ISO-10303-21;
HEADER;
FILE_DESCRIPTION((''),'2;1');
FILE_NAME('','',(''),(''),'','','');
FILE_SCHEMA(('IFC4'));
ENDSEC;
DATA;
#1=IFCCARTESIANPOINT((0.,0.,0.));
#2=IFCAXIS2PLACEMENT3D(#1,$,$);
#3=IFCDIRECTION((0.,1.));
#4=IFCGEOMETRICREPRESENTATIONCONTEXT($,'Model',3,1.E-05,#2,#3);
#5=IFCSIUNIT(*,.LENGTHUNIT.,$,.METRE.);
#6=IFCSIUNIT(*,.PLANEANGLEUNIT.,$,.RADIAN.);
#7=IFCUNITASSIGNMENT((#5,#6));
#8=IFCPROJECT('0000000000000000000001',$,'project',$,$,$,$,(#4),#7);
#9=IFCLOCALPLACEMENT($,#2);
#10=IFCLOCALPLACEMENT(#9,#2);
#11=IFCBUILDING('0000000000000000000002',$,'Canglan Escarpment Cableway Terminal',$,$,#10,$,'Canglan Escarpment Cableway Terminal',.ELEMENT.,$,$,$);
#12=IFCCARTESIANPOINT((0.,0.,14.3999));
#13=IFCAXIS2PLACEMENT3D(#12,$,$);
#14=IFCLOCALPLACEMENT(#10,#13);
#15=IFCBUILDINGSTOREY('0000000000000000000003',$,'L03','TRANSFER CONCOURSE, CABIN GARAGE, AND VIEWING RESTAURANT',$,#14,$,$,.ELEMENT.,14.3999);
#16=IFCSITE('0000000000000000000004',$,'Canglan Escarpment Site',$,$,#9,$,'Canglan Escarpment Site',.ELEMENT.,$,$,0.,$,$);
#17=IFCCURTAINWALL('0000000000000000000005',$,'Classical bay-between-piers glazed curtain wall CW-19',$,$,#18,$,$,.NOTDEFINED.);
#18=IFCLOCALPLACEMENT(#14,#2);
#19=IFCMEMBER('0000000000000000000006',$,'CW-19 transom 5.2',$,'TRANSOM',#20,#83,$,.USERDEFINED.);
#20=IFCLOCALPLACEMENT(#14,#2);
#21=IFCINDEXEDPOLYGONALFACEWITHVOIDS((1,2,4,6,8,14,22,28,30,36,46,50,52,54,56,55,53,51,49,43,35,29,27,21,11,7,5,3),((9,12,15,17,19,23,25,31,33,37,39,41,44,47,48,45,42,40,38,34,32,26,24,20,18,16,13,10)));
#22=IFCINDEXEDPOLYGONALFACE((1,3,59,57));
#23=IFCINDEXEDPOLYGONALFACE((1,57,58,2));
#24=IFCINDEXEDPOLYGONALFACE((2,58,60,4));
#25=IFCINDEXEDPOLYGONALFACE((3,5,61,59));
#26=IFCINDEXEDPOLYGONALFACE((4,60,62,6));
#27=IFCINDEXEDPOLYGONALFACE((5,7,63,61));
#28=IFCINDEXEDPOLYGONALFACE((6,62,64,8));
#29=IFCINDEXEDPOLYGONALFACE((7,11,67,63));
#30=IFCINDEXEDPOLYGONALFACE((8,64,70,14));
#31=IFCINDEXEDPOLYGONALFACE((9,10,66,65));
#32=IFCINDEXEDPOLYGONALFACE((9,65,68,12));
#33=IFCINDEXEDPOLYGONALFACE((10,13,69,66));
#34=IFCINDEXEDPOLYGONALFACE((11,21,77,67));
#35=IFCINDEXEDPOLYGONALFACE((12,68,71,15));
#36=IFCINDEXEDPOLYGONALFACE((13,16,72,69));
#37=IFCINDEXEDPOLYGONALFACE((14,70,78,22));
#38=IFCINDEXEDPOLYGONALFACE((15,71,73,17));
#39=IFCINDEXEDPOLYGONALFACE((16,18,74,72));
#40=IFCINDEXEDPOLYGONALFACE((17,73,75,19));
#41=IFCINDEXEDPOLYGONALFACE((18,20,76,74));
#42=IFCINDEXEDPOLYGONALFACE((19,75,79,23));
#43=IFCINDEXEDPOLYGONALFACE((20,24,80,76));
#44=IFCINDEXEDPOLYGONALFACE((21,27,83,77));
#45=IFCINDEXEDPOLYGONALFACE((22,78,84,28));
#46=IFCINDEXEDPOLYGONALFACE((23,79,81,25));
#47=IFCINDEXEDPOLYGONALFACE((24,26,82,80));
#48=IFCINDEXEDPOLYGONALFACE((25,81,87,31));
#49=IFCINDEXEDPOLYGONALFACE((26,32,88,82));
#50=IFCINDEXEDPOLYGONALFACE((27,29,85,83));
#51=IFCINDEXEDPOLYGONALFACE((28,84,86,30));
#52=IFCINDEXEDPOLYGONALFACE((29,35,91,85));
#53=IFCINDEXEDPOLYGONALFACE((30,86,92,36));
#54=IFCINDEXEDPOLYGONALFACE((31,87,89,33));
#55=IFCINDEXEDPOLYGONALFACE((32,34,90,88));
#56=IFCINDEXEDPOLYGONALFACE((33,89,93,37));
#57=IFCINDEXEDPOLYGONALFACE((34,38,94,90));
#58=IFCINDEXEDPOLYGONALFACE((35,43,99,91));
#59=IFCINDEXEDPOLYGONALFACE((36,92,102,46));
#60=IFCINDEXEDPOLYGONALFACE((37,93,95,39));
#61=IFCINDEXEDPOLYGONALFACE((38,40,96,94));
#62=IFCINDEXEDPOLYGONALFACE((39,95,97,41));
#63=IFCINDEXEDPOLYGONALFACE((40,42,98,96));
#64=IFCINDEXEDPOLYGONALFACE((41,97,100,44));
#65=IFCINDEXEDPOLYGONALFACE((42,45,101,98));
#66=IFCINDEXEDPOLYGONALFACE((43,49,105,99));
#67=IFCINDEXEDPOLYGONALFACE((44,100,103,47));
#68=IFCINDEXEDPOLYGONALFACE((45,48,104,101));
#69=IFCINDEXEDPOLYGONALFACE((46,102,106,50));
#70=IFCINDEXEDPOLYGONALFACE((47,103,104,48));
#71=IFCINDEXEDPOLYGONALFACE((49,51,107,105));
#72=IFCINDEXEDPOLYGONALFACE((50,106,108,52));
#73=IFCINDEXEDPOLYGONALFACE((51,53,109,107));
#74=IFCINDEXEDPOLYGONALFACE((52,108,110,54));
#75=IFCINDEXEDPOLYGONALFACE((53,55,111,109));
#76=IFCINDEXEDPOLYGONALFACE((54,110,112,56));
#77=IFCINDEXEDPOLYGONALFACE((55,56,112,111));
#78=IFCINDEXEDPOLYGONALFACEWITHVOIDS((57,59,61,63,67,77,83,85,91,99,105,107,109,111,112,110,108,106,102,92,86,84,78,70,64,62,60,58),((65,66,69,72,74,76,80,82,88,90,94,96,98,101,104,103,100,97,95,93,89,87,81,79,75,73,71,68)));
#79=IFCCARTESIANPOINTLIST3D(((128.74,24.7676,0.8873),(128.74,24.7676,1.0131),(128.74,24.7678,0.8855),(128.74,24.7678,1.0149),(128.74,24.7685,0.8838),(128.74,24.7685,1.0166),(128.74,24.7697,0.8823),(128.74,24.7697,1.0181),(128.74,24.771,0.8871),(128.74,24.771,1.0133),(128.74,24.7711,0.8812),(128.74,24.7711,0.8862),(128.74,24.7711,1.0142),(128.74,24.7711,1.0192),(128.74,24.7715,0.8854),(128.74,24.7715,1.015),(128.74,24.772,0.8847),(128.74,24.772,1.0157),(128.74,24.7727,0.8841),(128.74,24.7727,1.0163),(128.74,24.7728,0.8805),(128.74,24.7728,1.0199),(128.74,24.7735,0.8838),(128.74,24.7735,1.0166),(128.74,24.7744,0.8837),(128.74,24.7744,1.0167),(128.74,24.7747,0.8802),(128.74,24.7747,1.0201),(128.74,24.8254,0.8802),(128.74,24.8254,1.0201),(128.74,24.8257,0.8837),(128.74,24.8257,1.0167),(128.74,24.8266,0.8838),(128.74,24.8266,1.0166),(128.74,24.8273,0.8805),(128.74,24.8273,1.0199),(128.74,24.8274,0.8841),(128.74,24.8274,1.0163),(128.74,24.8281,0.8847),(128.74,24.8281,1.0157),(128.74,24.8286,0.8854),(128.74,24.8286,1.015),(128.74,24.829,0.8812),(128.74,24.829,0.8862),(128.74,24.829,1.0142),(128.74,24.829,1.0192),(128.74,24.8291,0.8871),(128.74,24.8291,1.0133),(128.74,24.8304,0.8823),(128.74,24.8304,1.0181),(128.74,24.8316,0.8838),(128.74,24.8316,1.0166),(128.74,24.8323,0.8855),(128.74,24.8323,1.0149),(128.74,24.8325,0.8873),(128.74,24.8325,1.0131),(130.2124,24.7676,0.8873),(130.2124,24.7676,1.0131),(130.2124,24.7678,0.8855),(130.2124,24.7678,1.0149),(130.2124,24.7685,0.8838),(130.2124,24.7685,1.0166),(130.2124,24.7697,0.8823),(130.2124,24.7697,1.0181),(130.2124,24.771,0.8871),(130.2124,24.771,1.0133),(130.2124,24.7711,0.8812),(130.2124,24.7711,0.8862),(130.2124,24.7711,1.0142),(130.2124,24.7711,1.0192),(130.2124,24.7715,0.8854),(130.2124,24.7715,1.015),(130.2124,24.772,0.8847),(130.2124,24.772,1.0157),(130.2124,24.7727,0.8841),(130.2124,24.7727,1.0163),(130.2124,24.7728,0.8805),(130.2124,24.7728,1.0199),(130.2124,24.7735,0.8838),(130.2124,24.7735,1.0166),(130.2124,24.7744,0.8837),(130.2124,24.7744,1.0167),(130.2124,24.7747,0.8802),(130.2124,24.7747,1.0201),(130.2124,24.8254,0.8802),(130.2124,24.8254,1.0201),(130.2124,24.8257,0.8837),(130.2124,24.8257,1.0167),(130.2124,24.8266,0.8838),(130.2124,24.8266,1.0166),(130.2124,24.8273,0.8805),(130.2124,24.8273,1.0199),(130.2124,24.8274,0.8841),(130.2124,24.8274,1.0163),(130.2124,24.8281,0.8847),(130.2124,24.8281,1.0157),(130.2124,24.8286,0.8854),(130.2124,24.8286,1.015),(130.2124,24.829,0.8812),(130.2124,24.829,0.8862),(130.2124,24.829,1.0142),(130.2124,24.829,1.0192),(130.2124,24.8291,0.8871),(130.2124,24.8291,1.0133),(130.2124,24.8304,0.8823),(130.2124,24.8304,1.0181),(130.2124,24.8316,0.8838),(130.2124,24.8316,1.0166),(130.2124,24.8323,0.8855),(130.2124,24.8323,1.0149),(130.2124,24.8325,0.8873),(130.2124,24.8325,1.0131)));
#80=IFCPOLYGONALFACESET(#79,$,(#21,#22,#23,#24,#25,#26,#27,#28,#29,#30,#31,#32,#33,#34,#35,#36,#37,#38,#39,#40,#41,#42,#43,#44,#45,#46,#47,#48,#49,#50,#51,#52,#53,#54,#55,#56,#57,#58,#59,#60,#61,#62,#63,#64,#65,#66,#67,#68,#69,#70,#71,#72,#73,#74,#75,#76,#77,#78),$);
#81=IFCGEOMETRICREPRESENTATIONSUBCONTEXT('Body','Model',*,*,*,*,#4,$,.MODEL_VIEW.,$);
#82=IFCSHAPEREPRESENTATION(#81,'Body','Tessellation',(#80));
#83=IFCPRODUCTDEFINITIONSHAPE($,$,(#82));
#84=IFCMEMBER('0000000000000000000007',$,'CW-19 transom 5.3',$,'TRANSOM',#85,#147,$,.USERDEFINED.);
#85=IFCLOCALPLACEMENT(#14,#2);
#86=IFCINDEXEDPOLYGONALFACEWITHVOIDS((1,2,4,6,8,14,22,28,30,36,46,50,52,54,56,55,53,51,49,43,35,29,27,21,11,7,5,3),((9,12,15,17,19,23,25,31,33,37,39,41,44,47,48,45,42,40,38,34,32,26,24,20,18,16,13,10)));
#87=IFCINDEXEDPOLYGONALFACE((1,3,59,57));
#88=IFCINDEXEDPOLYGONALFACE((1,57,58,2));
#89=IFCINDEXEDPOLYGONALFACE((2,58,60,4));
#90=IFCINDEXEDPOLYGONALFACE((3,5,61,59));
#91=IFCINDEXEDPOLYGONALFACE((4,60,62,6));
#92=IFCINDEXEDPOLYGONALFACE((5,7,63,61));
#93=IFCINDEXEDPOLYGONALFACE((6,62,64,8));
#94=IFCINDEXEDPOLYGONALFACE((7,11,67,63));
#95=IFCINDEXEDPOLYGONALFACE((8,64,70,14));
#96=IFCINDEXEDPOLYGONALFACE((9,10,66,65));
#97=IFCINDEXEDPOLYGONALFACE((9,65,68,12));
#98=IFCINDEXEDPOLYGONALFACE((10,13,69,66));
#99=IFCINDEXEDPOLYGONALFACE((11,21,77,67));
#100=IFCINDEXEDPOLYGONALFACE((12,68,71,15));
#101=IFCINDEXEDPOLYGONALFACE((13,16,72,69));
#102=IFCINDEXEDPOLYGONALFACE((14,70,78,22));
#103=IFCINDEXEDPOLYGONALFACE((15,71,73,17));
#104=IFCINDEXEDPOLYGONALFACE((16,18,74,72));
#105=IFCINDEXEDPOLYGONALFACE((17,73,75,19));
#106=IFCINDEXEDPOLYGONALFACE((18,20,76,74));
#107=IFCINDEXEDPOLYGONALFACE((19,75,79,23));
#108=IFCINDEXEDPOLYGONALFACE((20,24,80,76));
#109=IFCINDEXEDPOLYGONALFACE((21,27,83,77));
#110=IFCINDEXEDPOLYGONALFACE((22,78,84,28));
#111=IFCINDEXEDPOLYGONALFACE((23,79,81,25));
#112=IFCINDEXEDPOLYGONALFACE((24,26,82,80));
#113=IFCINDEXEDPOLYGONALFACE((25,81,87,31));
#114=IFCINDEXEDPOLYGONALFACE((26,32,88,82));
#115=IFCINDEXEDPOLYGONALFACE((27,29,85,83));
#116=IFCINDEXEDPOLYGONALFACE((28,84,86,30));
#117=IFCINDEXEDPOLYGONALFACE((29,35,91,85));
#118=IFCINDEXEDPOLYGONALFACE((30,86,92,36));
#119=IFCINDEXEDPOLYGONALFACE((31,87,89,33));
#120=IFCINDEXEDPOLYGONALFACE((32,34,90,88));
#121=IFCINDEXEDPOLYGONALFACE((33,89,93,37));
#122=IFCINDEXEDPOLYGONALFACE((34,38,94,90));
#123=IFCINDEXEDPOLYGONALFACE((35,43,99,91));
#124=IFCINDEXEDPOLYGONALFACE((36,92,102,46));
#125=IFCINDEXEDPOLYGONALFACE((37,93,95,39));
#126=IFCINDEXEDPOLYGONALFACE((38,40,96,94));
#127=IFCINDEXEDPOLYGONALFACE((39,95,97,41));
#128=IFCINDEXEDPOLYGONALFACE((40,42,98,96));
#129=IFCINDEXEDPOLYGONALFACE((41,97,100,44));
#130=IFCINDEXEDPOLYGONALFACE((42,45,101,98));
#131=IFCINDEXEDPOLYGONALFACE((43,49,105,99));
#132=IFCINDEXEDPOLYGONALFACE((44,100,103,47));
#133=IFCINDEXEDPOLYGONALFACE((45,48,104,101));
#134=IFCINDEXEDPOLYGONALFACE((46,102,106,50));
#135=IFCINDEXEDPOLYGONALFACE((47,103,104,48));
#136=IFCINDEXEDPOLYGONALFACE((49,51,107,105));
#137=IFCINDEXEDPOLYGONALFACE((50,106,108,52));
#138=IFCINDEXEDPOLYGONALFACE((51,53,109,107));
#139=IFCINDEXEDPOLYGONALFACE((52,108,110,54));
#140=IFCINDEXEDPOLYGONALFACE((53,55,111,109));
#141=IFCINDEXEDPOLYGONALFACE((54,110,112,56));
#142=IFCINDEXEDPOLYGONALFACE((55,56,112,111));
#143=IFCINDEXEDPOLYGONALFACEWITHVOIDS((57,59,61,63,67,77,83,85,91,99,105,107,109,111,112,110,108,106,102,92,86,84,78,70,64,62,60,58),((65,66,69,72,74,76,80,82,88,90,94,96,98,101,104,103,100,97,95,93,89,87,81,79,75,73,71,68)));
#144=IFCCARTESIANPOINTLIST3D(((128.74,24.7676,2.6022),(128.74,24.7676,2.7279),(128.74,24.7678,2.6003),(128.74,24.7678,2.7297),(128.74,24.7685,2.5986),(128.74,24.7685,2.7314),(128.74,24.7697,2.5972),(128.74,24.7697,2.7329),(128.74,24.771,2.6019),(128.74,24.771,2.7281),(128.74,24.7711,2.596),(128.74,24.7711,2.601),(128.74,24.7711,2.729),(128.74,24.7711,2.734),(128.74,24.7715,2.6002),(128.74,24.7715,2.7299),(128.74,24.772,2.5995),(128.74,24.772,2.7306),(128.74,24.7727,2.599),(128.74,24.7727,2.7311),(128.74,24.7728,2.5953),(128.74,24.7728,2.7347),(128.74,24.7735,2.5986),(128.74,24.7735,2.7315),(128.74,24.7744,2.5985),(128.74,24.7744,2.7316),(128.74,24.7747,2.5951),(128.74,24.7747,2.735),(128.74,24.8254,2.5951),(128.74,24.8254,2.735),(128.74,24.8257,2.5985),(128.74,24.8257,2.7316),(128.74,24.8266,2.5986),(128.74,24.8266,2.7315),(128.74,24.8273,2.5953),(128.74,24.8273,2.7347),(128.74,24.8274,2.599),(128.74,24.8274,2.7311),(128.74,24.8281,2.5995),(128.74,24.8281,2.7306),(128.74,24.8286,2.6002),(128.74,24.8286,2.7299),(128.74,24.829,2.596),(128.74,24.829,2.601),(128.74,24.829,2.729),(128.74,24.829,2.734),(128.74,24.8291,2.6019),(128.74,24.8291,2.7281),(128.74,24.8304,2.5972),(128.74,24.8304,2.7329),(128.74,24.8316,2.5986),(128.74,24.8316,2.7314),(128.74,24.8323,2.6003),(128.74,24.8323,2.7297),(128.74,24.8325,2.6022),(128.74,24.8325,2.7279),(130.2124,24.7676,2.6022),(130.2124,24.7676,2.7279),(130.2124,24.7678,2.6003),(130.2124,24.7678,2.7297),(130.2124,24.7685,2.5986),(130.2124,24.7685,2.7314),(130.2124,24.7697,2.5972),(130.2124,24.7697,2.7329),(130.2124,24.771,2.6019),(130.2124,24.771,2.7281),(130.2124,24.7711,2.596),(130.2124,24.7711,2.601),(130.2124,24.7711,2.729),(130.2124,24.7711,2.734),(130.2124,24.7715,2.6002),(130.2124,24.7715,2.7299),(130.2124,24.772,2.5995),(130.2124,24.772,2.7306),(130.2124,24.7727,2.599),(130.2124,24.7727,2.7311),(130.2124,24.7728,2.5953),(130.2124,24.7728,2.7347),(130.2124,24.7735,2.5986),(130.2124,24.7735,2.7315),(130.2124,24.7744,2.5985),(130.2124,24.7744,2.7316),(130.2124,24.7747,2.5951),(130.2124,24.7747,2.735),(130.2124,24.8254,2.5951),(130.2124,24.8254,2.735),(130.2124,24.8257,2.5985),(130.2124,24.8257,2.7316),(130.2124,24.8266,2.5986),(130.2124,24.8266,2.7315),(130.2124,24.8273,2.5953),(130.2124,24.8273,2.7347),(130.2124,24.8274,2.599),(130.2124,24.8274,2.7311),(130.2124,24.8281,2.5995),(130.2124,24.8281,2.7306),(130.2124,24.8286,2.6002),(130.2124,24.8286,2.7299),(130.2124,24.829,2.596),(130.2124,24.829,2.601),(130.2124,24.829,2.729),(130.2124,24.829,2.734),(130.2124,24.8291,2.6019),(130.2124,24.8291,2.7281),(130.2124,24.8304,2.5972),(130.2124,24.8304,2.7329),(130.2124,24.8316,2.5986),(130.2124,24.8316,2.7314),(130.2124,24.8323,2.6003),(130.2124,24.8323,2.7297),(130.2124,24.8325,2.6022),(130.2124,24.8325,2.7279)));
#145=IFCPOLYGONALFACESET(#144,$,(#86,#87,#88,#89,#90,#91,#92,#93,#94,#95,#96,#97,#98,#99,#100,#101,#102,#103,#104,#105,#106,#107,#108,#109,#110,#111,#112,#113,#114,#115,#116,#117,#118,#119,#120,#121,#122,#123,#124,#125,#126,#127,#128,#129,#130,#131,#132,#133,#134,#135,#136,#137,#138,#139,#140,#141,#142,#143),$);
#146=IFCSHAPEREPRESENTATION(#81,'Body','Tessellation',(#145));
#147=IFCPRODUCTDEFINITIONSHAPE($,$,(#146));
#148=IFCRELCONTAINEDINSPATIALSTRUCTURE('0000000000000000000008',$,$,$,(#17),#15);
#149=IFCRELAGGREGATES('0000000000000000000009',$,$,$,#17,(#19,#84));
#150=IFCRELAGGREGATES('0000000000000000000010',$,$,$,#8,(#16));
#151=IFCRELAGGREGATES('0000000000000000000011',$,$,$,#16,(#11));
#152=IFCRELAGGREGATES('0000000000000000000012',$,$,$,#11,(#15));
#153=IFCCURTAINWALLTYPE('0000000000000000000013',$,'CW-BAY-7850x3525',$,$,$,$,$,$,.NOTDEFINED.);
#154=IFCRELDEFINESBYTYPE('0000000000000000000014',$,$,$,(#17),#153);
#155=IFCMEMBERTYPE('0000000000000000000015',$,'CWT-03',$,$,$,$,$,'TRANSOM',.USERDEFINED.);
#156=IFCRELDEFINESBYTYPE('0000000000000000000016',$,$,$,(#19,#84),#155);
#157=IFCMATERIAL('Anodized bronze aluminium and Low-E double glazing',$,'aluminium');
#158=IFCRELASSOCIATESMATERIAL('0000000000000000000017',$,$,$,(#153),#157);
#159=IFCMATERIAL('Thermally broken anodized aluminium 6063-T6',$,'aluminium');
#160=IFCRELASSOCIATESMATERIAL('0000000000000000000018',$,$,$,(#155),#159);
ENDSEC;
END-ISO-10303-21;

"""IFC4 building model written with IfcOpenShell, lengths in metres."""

from ifc_helpers import new_model, si_unit, direction, frame, origin, origin_2d, place, context, subcontext, project, spatial, hollow_rectangle, extrude, material, material_profile, profile_set, type_object, element, aggregate, save


model = new_model("IFC4")

# Units and contexts
model_context = context("Model", 3, precision=1e-05, world=origin(), true_north=direction((0.0, 1.0)))
body_context = subcontext(model_context, "Body", "Model", "MODEL_VIEW")
ifc_project = project(units=[si_unit("LENGTHUNIT", "METRE"), si_unit("PLANEANGLEUNIT", "RADIAN")], contexts=[model_context])

# Site, building, storey
site_placement = place(None, origin())
site = spatial("IfcSite", under=ifc_project, at=site_placement, Name="Canglan Escarpment Site", LongName="Canglan Escarpment Site", CompositionType="ELEMENT", RefElevation=0.0)
building_placement = place(site_placement, origin())
building = spatial("IfcBuilding", under=site, at=building_placement, Name="Canglan Escarpment Cableway Terminal", LongName="Canglan Escarpment Cableway Terminal", CompositionType="ELEMENT")
storey_placement = place(building_placement, frame((0.0, 0.0, 14.3999)))
storey = spatial("IfcBuildingStorey", under=building, at=storey_placement, Name="L03", Description="TRANSFER CONCOURSE, CABIN GARAGE, AND VIEWING RESTAURANT", CompositionType="ELEMENT", Elevation=14.3999)

# Shared definitions
ifc_material_1 = material(Name="Anodized bronze aluminium and Low-E double glazing", Category="aluminium")
ifc_material_2 = material(Name="Thermally broken anodized aluminium 6063-T6", Category="aluminium")

# Curtain wall
curtain_wall_type_1 = type_object("IfcCurtainWallType", Name="CW-BAY-7850x3525", PredefinedType="NOTDEFINED", material=ifc_material_1)
curtain_wall_1_placement = place(storey_placement, origin())
curtain_wall_1 = element("IfcCurtainWall", 1, at=curtain_wall_1_placement, inside=storey, type_object=curtain_wall_type_1, Name="Classical bay-between-piers glazed curtain wall CW-19", PredefinedType="NOTDEFINED")

# Members
ifc_material_profile_1 = material_profile(ifc_material_2, hollow_rectangle(XDim=0.0649, YDim=0.1399, WallThickness=0.0034, InnerFilletRadius=0.0034, OuterFilletRadius=0.0071, at=origin_2d()), Name="ALU-TRAN 65x140x3.5")
ifc_profile_set_1 = profile_set([ifc_material_profile_1], Name="Thermally broken anodized aluminium 6063-T6")
member_type_1 = type_object("IfcMemberType", Name="CWT-03", ElementType="TRANSOM", PredefinedType="USERDEFINED", material=ifc_profile_set_1)
member_1_placement = place(storey_placement, frame((130.2124, 24.8, 0.9502), z_axis=(-1.0, 0.0, 0.0), x_axis=(0.0, -1.0, 0.0)))
member_1 = element("IfcMember", 2, at=member_1_placement, type_object=member_type_1, Name="CW-19 transom 5.2", ObjectType="TRANSOM", PredefinedType="USERDEFINED", context=body_context, shape_type="SweptSolid", body=[
    extrude(hollow_rectangle(XDim=0.0649, YDim=0.1399, WallThickness=0.0034, InnerFilletRadius=0.0034, OuterFilletRadius=0.0071, at=origin_2d()), origin(), (0.0, 0.0, 1.0), 1.4724),
])
member_2_placement = place(storey_placement, frame((130.2124, 24.8, 2.665), z_axis=(-1.0, 0.0, 0.0), x_axis=(0.0, -1.0, 0.0)))
member_2 = element("IfcMember", 3, at=member_2_placement, type_object=member_type_1, Name="CW-19 transom 5.3", ObjectType="TRANSOM", PredefinedType="USERDEFINED", context=body_context, shape_type="SweptSolid", body=[
    extrude(hollow_rectangle(XDim=0.0649, YDim=0.1399, WallThickness=0.0034, InnerFilletRadius=0.0034, OuterFilletRadius=0.0071, at=origin_2d()), origin(), (0.0, 0.0, 1.0), 1.4724),
])

aggregate(curtain_wall_1, [member_1, member_2])

save(model, "model.ifc")
